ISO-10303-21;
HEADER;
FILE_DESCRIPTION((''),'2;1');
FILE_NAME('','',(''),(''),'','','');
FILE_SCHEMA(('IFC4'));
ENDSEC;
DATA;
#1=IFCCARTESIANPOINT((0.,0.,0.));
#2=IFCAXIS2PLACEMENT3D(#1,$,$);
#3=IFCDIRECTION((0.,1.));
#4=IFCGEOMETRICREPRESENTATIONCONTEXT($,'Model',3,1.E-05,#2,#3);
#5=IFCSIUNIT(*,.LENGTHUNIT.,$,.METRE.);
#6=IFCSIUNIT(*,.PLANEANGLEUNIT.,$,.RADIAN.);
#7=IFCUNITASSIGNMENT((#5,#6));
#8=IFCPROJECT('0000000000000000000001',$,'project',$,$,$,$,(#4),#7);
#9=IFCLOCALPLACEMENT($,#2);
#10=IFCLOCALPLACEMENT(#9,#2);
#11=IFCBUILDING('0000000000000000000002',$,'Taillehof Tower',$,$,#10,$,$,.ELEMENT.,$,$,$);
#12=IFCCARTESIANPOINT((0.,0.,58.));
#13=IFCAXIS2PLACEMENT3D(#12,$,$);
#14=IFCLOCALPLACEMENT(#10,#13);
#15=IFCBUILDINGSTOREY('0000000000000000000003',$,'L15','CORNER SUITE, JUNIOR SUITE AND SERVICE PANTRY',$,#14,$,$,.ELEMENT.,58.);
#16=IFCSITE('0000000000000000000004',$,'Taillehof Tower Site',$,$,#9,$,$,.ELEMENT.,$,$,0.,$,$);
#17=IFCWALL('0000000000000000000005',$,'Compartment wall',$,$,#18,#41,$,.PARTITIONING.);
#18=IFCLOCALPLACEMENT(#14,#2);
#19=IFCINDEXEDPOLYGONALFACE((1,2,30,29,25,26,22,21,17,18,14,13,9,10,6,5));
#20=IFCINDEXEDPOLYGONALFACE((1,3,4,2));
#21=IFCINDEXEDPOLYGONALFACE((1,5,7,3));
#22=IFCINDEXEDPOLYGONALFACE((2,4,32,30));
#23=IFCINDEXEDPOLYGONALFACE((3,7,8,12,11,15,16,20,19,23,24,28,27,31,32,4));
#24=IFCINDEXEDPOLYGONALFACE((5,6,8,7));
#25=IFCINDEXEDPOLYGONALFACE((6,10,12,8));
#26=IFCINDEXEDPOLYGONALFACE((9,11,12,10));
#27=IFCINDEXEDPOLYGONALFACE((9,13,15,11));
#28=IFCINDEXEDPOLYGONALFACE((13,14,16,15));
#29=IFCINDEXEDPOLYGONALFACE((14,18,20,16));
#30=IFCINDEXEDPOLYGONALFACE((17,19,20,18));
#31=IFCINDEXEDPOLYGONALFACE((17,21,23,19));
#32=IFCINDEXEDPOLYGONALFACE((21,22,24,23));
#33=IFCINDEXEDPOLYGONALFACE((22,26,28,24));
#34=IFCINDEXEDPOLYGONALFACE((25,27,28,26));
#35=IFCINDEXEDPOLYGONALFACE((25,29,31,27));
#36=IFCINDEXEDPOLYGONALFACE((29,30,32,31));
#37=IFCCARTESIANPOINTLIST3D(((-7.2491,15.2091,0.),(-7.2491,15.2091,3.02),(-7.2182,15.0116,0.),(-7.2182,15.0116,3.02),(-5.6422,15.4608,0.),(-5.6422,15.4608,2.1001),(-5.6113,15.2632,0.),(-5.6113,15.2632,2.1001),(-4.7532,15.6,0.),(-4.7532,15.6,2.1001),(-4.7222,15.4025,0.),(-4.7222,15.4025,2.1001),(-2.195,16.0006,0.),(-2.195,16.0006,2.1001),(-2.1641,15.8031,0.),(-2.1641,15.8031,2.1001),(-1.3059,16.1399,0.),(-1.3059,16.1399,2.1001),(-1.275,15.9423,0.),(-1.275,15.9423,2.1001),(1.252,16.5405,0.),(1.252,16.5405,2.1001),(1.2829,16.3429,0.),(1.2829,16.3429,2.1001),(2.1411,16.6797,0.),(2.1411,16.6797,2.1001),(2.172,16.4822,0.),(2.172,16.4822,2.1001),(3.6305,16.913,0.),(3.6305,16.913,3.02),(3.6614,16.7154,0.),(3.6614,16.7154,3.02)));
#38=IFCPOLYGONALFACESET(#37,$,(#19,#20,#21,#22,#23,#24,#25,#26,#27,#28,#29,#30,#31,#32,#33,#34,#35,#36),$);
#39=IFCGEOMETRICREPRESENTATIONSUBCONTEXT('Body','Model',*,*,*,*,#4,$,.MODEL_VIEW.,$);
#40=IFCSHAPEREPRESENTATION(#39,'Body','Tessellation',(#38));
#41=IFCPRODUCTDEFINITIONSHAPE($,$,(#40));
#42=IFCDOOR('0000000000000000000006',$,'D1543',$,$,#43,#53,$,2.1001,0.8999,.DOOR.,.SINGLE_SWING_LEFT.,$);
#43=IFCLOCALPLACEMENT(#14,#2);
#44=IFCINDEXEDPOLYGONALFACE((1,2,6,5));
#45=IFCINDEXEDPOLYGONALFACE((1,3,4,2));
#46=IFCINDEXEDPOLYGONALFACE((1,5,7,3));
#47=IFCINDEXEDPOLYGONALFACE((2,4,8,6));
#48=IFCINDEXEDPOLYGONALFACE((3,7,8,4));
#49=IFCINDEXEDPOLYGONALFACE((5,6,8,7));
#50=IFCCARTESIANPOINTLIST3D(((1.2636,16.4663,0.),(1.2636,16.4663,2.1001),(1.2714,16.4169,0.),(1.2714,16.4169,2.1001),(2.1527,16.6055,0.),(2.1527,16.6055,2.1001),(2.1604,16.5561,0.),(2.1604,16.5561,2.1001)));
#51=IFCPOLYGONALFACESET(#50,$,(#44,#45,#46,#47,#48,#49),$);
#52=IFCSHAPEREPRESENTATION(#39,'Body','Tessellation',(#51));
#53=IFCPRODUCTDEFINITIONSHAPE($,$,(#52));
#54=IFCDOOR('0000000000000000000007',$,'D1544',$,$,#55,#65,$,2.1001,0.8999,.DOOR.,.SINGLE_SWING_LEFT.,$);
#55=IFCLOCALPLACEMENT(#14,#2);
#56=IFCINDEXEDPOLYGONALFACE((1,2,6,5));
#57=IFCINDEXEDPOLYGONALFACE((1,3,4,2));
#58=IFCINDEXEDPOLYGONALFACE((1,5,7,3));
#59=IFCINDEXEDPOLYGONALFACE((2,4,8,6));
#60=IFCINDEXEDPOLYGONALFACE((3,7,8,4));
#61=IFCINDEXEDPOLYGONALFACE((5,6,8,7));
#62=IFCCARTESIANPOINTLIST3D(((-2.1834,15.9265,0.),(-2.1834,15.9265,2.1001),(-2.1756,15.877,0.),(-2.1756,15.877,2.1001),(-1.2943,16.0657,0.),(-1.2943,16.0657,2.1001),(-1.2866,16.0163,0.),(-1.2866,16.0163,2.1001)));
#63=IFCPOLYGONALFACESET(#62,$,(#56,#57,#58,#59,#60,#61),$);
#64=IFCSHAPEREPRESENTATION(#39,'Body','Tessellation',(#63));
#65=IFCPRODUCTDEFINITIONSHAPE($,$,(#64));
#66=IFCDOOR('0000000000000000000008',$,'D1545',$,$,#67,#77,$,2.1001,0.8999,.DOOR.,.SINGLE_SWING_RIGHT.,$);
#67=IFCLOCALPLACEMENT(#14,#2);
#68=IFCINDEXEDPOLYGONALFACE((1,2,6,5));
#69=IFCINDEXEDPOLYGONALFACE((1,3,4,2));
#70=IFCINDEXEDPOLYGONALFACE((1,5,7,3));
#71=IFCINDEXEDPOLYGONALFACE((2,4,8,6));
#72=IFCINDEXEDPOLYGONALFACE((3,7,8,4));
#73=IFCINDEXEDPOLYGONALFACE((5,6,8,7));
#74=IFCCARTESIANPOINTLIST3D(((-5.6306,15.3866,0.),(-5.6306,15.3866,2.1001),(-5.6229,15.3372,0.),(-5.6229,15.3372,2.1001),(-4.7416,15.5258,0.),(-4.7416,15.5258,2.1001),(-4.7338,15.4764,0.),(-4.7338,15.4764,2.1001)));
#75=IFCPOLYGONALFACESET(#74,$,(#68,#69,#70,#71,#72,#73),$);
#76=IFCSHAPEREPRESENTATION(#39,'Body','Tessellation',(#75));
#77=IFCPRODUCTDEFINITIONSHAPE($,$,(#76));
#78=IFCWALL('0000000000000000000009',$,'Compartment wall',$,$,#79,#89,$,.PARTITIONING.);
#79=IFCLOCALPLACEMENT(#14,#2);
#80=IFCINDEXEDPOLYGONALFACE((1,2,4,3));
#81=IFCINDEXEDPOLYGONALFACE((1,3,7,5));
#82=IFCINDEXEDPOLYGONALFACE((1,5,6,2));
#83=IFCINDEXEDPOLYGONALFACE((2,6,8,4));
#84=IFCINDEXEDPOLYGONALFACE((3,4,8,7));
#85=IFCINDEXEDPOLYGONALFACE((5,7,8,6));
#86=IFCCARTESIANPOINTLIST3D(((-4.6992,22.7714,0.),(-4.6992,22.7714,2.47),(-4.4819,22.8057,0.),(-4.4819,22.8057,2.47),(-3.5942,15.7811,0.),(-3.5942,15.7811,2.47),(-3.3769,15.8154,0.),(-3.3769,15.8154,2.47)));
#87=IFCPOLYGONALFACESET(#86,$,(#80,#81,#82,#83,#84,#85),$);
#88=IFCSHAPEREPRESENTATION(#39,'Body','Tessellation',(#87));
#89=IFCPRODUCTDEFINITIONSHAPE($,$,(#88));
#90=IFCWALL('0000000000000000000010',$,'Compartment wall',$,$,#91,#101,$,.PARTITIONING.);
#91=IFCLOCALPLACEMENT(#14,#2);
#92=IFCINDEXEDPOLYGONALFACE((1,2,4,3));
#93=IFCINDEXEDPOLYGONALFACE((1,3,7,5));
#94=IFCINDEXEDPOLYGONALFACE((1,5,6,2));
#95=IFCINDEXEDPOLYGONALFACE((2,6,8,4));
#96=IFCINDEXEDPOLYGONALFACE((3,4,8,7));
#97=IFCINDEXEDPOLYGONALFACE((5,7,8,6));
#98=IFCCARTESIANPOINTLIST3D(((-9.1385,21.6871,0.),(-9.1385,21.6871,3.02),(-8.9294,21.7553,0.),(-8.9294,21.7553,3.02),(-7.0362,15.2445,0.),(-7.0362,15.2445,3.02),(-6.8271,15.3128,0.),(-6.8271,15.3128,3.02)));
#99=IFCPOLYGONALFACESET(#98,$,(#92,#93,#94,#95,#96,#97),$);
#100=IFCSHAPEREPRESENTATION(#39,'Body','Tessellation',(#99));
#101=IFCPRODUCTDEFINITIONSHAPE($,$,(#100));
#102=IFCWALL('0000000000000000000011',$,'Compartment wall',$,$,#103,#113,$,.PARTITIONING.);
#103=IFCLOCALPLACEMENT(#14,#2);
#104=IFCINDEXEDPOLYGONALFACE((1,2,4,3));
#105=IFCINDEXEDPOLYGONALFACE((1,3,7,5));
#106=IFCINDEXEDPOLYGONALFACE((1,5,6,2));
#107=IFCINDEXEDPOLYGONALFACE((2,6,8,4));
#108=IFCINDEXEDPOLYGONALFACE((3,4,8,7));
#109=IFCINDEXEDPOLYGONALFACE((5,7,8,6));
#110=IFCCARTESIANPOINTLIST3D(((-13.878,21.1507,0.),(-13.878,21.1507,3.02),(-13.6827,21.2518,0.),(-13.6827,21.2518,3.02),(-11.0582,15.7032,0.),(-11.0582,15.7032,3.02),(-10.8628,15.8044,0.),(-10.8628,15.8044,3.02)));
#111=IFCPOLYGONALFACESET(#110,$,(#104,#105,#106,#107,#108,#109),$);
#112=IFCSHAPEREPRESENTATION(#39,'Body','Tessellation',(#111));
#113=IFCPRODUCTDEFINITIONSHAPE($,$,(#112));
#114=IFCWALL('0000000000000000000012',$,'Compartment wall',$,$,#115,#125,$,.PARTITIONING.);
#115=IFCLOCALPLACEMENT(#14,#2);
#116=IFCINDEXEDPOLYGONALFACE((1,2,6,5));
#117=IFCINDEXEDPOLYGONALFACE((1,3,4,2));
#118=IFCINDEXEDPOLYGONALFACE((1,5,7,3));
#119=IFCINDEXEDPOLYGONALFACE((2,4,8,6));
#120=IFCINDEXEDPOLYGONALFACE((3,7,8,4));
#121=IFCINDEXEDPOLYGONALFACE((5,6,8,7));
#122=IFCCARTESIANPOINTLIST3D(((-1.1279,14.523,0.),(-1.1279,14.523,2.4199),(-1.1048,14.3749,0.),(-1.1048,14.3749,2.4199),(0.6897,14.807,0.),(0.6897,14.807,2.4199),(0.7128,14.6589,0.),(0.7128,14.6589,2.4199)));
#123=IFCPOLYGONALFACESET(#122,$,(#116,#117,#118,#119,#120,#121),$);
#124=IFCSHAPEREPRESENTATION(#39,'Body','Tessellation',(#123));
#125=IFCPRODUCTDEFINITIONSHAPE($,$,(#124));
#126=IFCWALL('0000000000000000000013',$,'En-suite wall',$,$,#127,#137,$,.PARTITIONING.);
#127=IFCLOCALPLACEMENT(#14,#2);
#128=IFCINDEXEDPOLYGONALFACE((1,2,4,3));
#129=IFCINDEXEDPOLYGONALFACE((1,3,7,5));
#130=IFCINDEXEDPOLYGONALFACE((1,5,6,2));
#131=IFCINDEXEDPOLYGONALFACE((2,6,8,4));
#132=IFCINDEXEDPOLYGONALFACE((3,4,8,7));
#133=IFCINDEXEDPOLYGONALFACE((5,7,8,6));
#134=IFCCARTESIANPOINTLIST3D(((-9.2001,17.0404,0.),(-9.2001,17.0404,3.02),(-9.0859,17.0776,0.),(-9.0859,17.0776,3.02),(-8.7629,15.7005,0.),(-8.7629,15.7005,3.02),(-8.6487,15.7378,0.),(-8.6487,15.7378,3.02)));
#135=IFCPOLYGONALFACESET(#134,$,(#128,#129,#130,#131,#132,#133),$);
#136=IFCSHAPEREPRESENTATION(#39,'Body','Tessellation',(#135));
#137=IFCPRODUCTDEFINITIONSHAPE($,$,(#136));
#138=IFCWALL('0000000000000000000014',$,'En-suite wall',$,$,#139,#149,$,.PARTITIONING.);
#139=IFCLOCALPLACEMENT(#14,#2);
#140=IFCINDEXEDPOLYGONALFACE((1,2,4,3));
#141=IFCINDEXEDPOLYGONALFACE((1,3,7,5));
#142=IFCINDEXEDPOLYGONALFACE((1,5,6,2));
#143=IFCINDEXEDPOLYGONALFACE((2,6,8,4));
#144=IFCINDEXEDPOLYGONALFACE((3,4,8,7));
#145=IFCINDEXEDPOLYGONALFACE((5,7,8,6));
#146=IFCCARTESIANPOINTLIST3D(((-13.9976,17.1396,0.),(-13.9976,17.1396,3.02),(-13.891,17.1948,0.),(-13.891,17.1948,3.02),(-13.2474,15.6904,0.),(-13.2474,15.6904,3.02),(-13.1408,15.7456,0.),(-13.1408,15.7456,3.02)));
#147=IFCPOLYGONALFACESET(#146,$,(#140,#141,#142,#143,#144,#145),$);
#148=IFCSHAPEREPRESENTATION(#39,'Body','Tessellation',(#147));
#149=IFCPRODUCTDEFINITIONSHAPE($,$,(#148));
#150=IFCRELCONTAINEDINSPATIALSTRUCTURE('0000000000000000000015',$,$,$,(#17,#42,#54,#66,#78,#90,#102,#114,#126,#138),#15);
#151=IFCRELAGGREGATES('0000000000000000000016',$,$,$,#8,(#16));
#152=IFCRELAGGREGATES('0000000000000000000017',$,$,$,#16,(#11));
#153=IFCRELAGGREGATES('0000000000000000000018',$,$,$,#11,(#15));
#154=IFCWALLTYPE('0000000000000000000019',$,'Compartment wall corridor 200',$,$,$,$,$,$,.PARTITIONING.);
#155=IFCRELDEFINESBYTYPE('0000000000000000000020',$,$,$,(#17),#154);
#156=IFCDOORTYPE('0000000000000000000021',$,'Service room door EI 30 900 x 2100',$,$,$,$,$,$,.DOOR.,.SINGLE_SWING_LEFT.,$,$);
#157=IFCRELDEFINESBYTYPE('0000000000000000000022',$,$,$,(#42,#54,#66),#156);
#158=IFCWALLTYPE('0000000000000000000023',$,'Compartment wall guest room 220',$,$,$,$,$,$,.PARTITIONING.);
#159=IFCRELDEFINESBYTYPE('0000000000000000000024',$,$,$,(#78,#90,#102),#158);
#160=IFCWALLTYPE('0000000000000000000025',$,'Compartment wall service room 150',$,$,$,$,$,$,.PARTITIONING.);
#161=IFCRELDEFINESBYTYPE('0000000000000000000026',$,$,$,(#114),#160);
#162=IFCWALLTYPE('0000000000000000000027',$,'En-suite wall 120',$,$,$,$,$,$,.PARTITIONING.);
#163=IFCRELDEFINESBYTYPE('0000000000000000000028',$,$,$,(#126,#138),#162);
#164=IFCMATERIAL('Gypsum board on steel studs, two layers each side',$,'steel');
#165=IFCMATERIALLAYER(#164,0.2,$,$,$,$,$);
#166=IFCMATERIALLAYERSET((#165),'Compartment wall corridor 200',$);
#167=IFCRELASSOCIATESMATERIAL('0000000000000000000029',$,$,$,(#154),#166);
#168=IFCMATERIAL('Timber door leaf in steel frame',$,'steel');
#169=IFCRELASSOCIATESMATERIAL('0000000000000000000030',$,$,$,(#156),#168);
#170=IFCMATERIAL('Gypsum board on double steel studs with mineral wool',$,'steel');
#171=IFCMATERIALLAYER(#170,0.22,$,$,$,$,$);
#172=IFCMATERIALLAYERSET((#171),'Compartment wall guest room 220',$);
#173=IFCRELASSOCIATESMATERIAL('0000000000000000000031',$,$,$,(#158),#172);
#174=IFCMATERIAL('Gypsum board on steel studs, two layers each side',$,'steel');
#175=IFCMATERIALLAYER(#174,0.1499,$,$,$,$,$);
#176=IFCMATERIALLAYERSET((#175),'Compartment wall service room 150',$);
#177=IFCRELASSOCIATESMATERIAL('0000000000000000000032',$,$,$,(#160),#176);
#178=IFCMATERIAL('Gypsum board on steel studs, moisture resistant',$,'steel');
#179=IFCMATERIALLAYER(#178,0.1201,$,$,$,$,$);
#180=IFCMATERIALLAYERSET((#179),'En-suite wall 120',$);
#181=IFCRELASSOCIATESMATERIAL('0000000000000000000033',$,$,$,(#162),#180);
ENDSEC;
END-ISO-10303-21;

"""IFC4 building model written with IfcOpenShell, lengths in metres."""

from ifc_helpers import new_model, si_unit, direction, frame, frame_2d, origin, place, context, subcontext, project, spatial, rectangle, extrude, material, layer, layer_set, type_object, element, fill, save


model = new_model("IFC4")

# Units and contexts
model_context = context("Model", 3, precision=1e-05, world=origin(), true_north=direction((0.0, 1.0)))
body_context = subcontext(model_context, "Body", "Model", "MODEL_VIEW")
ifc_project = project(units=[si_unit("LENGTHUNIT", "METRE"), si_unit("PLANEANGLEUNIT", "RADIAN")], contexts=[model_context])

# Site, building, storey
site_placement = place(None, origin())
site = spatial("IfcSite", under=ifc_project, at=site_placement, Name="Taillehof Tower Site", CompositionType="ELEMENT", RefElevation=0.0)
building_placement = place(site_placement, origin())
building = spatial("IfcBuilding", under=site, at=building_placement, Name="Taillehof Tower", CompositionType="ELEMENT")
storey_placement = place(building_placement, frame((0.0, 0.0, 58.0)))
storey = spatial("IfcBuildingStorey", under=building, at=storey_placement, Name="L15", Description="CORNER SUITE, JUNIOR SUITE AND SERVICE PANTRY", CompositionType="ELEMENT", Elevation=58.0)

# Shared definitions
ifc_material_1 = material(Name="Gypsum board on steel studs, two layers each side", Category="steel")
ifc_layer_1 = layer(ifc_material_1, 0.2)
ifc_layer_set_1 = layer_set([ifc_layer_1], Name="Compartment wall corridor 200")
wall_type_1 = type_object("IfcWallType", Name="Compartment wall corridor 200", PredefinedType="PARTITIONING", material=ifc_layer_set_1)

# Wall, openings, doors
wall_1_placement = place(storey_placement, frame((-7.2336, 15.1104, 0.0), z_axis=(0.0, 0.0, 1.0), x_axis=(0.987958, 0.154724, 0.0)))
wall_1 = element("IfcWall", 1, at=wall_1_placement, inside=storey, type_object=wall_type_1, Name="Compartment wall", PredefinedType="PARTITIONING", context=body_context, shape_type="SweptSolid", body=[
    extrude(rectangle(XDim=11.0122, YDim=0.2, at=frame_2d((5.5061, 0.0))), origin(), (0.0, 0.0, 1.0), 3.02),
])
opening_1_placement = place(wall_1_placement, frame((8.6047, 0.0, 0.0)))
opening_1 = element("IfcOpeningElement", 2, at=opening_1_placement, cuts=wall_1, PredefinedType="OPENING", context=body_context, shape_type="SweptSolid", body=[
    extrude(rectangle(XDim=0.8999, YDim=2.1001, at=frame_2d((0.45, 1.05))), frame((0.0, 0.1099, 0.0), z_axis=(0.0, -1.0, 0.0), x_axis=(1.0, 0.0, 0.0)), (0.0, 0.0, 1.0), 0.22),
])
opening_2_placement = place(wall_1_placement, frame((5.1157, 0.0, 0.0)))
opening_2 = element("IfcOpeningElement", 3, at=opening_2_placement, cuts=wall_1, PredefinedType="OPENING", context=body_context, shape_type="SweptSolid", body=[
    extrude(rectangle(XDim=0.8999, YDim=2.1001, at=frame_2d((0.45, 1.05))), frame((0.0, 0.1099, 0.0), z_axis=(0.0, -1.0, 0.0), x_axis=(1.0, 0.0, 0.0)), (0.0, 0.0, 1.0), 0.22),
])
opening_3_placement = place(wall_1_placement, frame((1.6265, 0.0, 0.0)))
opening_3 = element("IfcOpeningElement", 4, at=opening_3_placement, cuts=wall_1, PredefinedType="OPENING", context=body_context, shape_type="SweptSolid", body=[
    extrude(rectangle(XDim=0.8999, YDim=2.1001, at=frame_2d((0.45, 1.05))), frame((0.0, 0.1099, 0.0), z_axis=(0.0, -1.0, 0.0), x_axis=(1.0, 0.0, 0.0)), (0.0, 0.0, 1.0), 0.22),
])
ifc_material_2 = material(Name="Timber door leaf in steel frame", Category="steel")
door_type_1 = type_object("IfcDoorType", Name="Service room door EI 30 900 x 2100", OperationType="SINGLE_SWING_LEFT", PredefinedType="DOOR", material=ifc_material_2)
door_1_placement = place(opening_1_placement, origin())
door_1 = element("IfcDoor", 5, at=door_1_placement, inside=storey, type_object=door_type_1, Name="D1543", OperationType="SINGLE_SWING_LEFT", OverallHeight=2.1001, OverallWidth=0.8999, PredefinedType="DOOR", context=body_context, shape_type="SweptSolid", body=[
    extrude(rectangle(XDim=0.8999, YDim=2.1001, at=frame_2d((0.45, 1.05))), frame((0.0, 0.0249, 0.0), z_axis=(0.0, -1.0, 0.0), x_axis=(1.0, 0.0, 0.0)), (0.0, 0.0, 1.0), 0.05),
])
fill(opening_1, door_1)
door_2_placement = place(opening_2_placement, origin())
door_2 = element("IfcDoor", 6, at=door_2_placement, inside=storey, type_object=door_type_1, Name="D1544", OperationType="SINGLE_SWING_LEFT", OverallHeight=2.1001, OverallWidth=0.8999, PredefinedType="DOOR", context=body_context, shape_type="SweptSolid", body=[
    extrude(rectangle(XDim=0.8999, YDim=2.1001, at=frame_2d((0.45, 1.05))), frame((0.0, 0.0249, 0.0), z_axis=(0.0, -1.0, 0.0), x_axis=(1.0, 0.0, 0.0)), (0.0, 0.0, 1.0), 0.05),
])
fill(opening_2, door_2)
door_3_placement = place(opening_3_placement, origin())
door_3 = element("IfcDoor", 7, at=door_3_placement, inside=storey, type_object=door_type_1, Name="D1545", OperationType="SINGLE_SWING_RIGHT", OverallHeight=2.1001, OverallWidth=0.8999, PredefinedType="DOOR", context=body_context, shape_type="SweptSolid", body=[
    extrude(rectangle(XDim=0.8999, YDim=2.1001, at=frame_2d((0.45, 1.05))), frame((0.0, 0.0249, 0.0), z_axis=(0.0, -1.0, 0.0), x_axis=(1.0, 0.0, 0.0)), (0.0, 0.0, 1.0), 0.05),
])
fill(opening_3, door_3)

# Walls
ifc_material_3 = material(Name="Gypsum board on double steel studs with mineral wool", Category="steel")
ifc_layer_2 = layer(ifc_material_3, 0.22)
ifc_layer_set_2 = layer_set([ifc_layer_2], Name="Compartment wall guest room 220")
wall_type_2 = type_object("IfcWallType", Name="Compartment wall guest room 220", PredefinedType="PARTITIONING", material=ifc_layer_set_2)
wall_2_placement = place(storey_placement, frame((-4.5906, 22.7886, 0.0), z_axis=(0.0, 0.0, 1.0), x_axis=(0.156136, -0.987736, 0.0)))
element("IfcWall", 8, at=wall_2_placement, inside=storey, type_object=wall_type_2, Name="Compartment wall", PredefinedType="PARTITIONING", context=body_context, shape_type="SweptSolid", body=[
    extrude(rectangle(XDim=7.0771, YDim=0.22, at=frame_2d((3.5386, 0.0))), origin(), (0.0, 0.0, 1.0), 2.47),
])
wall_3_placement = place(storey_placement, frame((-9.0339, 21.7212, 0.0), z_axis=(0.0, 0.0, 1.0), x_axis=(0.310212, -0.950667, 0.0)))
element("IfcWall", 9, at=wall_3_placement, inside=storey, type_object=wall_type_2, Name="Compartment wall", PredefinedType="PARTITIONING", context=body_context, shape_type="SweptSolid", body=[
    extrude(rectangle(XDim=6.7769, YDim=0.22, at=frame_2d((3.3884, 0.0))), origin(), (0.0, 0.0, 1.0), 3.02),
])
wall_4_placement = place(storey_placement, frame((-13.7803, 21.2012, 0.0), z_axis=(0.0, 0.0, 1.0), x_axis=(0.459699, -0.888075, 0.0)))
element("IfcWall", 10, at=wall_4_placement, inside=storey, type_object=wall_type_2, Name="Compartment wall", PredefinedType="PARTITIONING", context=body_context, shape_type="SweptSolid", body=[
    extrude(rectangle(XDim=6.134, YDim=0.22, at=frame_2d((3.0669, 0.0))), origin(), (0.0, 0.0, 1.0), 3.02),
])
ifc_material_4 = material(Name="Gypsum board on steel studs, two layers each side", Category="steel")
ifc_layer_3 = layer(ifc_material_4, 0.1499)
ifc_layer_set_3 = layer_set([ifc_layer_3], Name="Compartment wall service room 150")
wall_type_3 = type_object("IfcWallType", Name="Compartment wall service room 150", PredefinedType="PARTITIONING", material=ifc_layer_set_3)
wall_5_placement = place(storey_placement, frame((-1.1165, 14.449, 0.0), z_axis=(0.0, 0.0, 1.0), x_axis=(0.988018, 0.15434, 0.0)))
element("IfcWall", 11, at=wall_5_placement, inside=storey, type_object=wall_type_3, Name="Compartment wall", PredefinedType="PARTITIONING", context=body_context, shape_type="SweptSolid", body=[
    extrude(rectangle(XDim=1.8396, YDim=0.1499, at=frame_2d((0.9199, 0.0))), origin(), (0.0, 0.0, 1.0), 2.4199),
])
ifc_material_5 = material(Name="Gypsum board on steel studs, moisture resistant", Category="steel")
ifc_layer_4 = layer(ifc_material_5, 0.1201)
ifc_layer_set_4 = layer_set([ifc_layer_4], Name="En-suite wall 120")
wall_type_4 = type_object("IfcWallType", Name="En-suite wall 120", PredefinedType="PARTITIONING", material=ifc_layer_set_4)
wall_6_placement = place(storey_placement, frame((-8.7058, 15.7192, 0.0), z_axis=(0.0, 0.0, 1.0), x_axis=(-0.310245, 0.950657, 0.0)))
element("IfcWall", 12, at=wall_6_placement, inside=storey, type_object=wall_type_4, Name="En-suite wall", PredefinedType="PARTITIONING", context=body_context, shape_type="SweptSolid", body=[
    extrude(rectangle(XDim=1.4094, YDim=0.1201, at=frame_2d((0.7046, 0.0))), origin(), (0.0, 0.0, 1.0), 3.02),
])
wall_7_placement = place(storey_placement, frame((-13.1941, 15.718, 0.0), z_axis=(0.0, 0.0, 1.0), x_axis=(-0.459736, 0.888055, 0.0)))
element("IfcWall", 13, at=wall_7_placement, inside=storey, type_object=wall_type_4, Name="En-suite wall", PredefinedType="PARTITIONING", context=body_context, shape_type="SweptSolid", body=[
    extrude(rectangle(XDim=1.6318, YDim=0.1201, at=frame_2d((0.8159, 0.0))), origin(), (0.0, 0.0, 1.0), 3.02),
])

save(model, "model.ifc")
